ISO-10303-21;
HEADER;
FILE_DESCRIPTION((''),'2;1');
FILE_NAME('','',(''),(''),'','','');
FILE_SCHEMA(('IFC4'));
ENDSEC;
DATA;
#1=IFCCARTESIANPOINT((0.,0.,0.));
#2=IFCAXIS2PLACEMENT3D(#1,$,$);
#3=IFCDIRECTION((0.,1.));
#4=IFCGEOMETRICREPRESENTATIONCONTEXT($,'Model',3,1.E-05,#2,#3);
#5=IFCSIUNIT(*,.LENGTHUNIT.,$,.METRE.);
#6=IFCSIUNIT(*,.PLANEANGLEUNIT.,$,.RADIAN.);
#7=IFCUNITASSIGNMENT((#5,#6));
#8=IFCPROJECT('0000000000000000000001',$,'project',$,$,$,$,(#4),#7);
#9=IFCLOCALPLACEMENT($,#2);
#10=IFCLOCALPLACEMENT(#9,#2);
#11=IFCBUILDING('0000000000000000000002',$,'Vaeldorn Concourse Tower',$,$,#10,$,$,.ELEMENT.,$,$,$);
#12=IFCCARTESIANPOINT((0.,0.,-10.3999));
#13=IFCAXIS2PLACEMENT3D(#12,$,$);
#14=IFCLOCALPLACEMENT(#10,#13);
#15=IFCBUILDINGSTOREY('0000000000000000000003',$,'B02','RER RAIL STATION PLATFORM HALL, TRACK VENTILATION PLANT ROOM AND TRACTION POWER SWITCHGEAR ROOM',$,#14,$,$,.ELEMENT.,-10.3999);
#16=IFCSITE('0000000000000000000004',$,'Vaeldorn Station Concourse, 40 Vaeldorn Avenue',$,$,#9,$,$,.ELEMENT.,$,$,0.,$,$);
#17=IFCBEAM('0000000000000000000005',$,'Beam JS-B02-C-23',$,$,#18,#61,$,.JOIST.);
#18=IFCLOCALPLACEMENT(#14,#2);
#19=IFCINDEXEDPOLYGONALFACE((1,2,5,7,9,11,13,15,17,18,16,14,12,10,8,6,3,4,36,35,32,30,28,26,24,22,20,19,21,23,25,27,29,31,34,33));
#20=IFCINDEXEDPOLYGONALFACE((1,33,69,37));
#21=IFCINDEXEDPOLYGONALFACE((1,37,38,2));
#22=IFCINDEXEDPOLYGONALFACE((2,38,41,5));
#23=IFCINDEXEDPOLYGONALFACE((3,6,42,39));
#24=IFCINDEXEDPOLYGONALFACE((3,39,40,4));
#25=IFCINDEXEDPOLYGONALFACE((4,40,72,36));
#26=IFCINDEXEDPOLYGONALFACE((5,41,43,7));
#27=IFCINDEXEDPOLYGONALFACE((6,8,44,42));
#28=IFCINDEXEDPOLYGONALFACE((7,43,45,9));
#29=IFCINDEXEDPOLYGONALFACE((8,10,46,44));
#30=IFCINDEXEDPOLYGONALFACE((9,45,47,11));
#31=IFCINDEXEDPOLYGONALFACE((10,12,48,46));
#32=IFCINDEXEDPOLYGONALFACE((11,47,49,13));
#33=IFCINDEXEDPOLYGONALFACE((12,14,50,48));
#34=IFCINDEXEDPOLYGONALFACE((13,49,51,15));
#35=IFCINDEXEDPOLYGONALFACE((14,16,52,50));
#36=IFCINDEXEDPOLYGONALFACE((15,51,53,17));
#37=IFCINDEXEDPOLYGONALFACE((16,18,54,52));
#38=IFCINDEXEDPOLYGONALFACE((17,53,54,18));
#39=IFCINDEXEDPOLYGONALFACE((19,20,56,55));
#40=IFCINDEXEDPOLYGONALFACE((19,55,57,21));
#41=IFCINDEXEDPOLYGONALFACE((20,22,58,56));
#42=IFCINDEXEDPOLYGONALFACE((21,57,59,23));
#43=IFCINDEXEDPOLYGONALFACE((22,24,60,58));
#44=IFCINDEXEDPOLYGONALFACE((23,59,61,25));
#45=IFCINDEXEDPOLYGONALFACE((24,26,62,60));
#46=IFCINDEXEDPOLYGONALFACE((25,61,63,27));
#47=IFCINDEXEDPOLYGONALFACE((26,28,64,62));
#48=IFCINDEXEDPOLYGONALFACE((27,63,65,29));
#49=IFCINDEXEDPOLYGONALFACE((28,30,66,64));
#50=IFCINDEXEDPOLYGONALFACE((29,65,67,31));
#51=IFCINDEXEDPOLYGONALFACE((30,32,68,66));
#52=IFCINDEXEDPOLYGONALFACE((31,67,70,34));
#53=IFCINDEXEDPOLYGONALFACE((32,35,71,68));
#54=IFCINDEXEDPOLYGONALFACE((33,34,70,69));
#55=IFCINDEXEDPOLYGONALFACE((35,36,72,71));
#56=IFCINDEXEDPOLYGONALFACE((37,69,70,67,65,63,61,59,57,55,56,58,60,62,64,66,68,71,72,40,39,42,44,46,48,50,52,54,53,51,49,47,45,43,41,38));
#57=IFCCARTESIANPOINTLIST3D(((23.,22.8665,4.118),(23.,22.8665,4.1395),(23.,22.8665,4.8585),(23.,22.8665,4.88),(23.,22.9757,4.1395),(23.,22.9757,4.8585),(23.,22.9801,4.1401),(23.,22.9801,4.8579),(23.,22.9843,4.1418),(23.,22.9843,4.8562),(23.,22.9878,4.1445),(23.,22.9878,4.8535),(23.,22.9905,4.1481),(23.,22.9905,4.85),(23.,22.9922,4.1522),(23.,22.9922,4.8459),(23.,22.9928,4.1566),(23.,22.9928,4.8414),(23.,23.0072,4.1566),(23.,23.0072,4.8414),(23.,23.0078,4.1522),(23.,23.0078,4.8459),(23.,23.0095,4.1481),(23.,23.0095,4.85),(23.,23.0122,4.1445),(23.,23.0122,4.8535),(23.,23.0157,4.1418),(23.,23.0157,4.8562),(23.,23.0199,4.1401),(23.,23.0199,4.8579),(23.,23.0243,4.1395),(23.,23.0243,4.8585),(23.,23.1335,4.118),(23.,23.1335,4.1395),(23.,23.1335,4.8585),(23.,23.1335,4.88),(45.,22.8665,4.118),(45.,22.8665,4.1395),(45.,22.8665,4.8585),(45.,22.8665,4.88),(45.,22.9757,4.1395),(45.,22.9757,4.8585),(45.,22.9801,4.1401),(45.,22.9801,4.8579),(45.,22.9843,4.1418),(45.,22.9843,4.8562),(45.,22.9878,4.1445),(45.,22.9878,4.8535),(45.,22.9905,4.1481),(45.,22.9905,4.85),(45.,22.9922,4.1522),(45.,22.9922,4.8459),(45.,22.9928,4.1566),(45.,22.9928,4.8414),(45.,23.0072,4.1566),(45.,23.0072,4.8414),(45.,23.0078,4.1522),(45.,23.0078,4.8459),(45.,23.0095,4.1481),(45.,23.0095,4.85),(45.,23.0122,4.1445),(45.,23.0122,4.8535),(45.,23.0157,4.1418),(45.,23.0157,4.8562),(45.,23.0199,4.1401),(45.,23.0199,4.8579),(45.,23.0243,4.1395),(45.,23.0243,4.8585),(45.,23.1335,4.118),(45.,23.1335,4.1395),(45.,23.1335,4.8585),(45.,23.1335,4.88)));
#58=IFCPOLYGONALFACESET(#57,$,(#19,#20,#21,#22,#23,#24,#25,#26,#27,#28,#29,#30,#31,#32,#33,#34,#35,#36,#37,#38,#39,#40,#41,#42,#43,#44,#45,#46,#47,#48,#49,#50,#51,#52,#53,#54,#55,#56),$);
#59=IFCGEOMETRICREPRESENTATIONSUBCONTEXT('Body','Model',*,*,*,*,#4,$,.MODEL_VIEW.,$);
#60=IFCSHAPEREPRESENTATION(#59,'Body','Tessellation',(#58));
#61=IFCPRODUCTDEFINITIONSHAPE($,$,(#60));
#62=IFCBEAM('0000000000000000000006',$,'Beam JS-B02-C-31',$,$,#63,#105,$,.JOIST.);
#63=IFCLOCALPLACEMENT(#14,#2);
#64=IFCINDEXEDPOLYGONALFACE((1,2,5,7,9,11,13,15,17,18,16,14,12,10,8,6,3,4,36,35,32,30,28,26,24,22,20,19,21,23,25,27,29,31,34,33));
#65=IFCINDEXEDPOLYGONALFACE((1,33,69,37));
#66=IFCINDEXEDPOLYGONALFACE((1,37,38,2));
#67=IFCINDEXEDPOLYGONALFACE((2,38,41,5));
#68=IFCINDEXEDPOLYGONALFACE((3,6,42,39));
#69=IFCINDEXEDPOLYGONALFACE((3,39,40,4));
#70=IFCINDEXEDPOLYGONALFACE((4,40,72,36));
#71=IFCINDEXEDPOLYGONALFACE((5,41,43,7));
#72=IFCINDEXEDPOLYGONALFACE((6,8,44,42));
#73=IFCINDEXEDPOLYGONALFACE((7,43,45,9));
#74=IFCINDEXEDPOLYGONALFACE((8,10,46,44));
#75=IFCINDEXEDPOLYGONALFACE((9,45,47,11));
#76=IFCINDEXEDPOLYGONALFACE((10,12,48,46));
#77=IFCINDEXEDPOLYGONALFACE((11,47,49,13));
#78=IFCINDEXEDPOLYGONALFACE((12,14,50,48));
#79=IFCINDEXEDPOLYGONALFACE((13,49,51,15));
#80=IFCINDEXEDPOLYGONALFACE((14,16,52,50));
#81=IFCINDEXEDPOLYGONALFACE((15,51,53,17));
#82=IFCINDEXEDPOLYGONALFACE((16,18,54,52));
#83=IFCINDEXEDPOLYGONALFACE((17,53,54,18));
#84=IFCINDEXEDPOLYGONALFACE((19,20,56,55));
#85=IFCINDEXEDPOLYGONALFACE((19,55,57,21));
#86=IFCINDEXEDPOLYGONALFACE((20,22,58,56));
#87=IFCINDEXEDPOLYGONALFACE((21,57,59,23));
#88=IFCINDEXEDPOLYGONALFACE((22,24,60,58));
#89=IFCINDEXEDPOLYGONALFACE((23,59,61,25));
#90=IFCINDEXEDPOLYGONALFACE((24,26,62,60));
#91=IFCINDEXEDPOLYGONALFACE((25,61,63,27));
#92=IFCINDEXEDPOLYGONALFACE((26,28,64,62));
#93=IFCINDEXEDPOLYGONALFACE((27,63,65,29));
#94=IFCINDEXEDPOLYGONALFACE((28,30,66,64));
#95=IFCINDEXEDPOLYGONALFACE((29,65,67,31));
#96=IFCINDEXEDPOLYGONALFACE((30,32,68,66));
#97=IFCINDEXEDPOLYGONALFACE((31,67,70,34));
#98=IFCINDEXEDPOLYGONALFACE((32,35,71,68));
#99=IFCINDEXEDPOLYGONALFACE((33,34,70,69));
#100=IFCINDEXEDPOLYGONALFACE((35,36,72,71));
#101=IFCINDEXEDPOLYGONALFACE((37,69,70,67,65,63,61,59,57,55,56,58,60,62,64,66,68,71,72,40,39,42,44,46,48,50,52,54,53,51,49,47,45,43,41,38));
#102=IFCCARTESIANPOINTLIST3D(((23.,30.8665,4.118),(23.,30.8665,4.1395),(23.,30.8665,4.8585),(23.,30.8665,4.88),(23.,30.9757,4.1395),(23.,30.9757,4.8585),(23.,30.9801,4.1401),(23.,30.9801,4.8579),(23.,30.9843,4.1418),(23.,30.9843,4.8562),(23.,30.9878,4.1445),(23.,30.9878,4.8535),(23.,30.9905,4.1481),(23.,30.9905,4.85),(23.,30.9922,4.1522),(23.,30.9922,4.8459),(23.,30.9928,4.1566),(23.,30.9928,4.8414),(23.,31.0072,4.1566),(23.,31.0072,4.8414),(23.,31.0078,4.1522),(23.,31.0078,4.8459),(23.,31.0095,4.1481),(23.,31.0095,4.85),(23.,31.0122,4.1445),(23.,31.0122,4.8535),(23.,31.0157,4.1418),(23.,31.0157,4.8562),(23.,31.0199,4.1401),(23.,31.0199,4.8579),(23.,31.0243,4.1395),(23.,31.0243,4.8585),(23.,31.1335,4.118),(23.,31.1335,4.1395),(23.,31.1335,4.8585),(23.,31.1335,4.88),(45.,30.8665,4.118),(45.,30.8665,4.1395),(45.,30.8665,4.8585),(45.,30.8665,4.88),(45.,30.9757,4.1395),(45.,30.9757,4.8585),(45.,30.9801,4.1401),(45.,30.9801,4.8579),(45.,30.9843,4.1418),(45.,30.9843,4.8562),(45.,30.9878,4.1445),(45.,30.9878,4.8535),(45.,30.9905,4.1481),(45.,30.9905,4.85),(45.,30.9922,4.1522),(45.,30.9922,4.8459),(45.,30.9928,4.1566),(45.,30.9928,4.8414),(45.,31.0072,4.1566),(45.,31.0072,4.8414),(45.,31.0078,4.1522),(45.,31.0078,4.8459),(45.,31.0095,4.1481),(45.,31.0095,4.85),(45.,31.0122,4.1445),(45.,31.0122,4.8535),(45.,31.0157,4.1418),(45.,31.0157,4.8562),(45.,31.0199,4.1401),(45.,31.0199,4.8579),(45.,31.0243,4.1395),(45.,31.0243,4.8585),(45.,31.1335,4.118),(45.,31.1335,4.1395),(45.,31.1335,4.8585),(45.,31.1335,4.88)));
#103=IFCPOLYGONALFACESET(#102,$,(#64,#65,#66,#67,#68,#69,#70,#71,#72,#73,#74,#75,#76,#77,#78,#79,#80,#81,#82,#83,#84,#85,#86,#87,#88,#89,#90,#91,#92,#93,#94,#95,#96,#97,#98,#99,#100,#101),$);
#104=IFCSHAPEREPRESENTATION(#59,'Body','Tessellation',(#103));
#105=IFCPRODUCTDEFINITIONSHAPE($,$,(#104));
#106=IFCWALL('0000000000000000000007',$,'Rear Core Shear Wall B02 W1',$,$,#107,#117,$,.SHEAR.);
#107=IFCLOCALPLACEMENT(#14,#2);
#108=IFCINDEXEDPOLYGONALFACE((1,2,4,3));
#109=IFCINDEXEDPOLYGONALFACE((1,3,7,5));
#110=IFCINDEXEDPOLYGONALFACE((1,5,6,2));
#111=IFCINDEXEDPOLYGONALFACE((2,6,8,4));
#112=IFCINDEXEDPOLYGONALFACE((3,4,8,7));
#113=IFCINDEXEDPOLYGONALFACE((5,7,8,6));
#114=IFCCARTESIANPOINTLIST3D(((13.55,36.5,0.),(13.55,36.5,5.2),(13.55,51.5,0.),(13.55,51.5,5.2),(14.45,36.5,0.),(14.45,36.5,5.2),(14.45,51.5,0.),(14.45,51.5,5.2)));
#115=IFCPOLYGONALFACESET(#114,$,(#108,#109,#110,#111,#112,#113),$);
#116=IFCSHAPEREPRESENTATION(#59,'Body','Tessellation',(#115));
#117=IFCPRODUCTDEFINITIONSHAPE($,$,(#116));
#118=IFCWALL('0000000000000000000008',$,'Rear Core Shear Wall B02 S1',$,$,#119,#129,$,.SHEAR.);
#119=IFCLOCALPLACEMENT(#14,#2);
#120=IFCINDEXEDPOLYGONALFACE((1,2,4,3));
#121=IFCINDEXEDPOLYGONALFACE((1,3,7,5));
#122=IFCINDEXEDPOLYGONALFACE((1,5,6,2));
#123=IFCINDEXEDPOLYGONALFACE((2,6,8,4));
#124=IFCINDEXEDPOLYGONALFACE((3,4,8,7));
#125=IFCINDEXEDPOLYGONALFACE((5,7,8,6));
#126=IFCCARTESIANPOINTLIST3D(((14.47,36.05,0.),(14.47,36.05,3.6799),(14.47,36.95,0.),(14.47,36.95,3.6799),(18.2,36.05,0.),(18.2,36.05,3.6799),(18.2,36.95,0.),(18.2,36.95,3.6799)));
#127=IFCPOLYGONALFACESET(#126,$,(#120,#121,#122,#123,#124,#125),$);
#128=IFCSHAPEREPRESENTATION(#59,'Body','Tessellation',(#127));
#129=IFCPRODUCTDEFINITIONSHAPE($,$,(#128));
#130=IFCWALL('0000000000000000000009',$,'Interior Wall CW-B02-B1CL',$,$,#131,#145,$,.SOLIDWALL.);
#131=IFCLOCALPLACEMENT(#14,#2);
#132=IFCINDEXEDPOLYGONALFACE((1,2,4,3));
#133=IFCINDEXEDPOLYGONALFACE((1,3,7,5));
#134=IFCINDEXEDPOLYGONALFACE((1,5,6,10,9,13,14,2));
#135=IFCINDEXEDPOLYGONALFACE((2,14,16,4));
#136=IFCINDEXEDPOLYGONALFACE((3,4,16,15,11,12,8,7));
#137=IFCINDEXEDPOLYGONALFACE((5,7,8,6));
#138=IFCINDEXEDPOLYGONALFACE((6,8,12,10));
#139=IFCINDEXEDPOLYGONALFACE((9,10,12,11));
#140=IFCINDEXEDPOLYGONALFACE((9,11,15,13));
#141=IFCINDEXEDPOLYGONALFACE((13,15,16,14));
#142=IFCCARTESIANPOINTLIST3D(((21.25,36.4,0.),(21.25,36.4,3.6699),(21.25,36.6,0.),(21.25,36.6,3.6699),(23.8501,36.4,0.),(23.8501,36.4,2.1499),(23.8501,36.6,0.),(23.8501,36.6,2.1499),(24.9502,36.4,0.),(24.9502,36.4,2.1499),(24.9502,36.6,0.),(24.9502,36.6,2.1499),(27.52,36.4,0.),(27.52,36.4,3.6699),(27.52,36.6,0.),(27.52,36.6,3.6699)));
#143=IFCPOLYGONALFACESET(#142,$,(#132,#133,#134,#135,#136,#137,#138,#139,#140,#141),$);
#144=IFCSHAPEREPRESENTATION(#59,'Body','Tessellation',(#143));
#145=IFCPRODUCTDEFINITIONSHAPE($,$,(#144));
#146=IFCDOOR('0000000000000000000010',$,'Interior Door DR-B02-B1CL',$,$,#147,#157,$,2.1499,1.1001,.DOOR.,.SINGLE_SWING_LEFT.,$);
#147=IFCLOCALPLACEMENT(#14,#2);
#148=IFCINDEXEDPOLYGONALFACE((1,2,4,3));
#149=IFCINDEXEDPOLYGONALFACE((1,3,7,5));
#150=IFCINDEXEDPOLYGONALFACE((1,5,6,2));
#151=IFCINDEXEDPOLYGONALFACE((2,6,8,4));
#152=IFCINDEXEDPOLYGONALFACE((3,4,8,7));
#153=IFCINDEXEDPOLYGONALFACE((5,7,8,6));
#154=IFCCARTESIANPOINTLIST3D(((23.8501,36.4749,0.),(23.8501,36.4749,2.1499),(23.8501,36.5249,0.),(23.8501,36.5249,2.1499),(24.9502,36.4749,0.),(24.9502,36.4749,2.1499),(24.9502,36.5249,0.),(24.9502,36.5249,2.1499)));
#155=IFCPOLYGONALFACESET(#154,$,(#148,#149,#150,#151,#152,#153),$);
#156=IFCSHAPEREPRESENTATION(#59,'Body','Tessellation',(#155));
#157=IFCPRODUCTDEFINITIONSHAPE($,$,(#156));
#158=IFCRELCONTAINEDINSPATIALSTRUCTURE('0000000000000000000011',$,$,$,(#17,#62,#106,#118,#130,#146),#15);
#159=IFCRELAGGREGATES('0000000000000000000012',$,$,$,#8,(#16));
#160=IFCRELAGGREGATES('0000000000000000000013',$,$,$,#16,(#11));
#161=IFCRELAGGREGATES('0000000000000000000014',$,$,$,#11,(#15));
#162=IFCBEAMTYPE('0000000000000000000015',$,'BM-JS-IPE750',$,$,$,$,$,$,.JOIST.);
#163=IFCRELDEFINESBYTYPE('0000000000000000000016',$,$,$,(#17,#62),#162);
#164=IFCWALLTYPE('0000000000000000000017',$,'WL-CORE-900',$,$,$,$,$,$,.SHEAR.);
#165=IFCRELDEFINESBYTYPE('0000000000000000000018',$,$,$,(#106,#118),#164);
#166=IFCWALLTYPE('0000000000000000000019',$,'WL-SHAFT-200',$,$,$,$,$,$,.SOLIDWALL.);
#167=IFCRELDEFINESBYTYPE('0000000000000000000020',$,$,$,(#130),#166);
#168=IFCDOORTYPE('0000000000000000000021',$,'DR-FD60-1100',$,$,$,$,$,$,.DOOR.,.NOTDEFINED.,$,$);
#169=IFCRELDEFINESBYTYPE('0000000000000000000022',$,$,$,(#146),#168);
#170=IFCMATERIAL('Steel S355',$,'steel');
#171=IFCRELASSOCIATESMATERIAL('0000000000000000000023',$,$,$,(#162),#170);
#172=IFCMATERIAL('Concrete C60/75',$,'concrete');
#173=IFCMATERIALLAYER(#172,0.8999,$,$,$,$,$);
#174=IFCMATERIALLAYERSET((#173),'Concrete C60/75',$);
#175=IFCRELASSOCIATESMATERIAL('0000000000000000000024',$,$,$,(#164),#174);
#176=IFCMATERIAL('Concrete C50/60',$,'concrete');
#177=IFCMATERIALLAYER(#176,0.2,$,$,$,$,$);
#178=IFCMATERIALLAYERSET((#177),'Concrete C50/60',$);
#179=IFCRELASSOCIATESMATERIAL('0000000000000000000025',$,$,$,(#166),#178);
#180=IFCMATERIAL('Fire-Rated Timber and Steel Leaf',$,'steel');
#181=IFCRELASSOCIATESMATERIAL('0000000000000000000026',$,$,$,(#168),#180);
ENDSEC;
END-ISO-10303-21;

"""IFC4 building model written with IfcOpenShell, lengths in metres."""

from ifc_helpers import new_model, si_unit, direction, frame, frame_2d, origin, origin_2d, place, context, subcontext, project, spatial, rectangle, i_section, extrude, source, transform, mapped, material, layer, layer_set, material_profile, profile_set, type_object, element, fill, save


model = new_model("IFC4")

# Units and contexts
model_context = context("Model", 3, precision=1e-05, world=origin(), true_north=direction((0.0, 1.0)))
body_context = subcontext(model_context, "Body", "Model", "MODEL_VIEW")
ifc_project = project(units=[si_unit("LENGTHUNIT", "METRE"), si_unit("PLANEANGLEUNIT", "RADIAN")], contexts=[model_context])

# Site, building, storey
site_placement = place(None, origin())
site = spatial("IfcSite", under=ifc_project, at=site_placement, Name="Vaeldorn Station Concourse, 40 Vaeldorn Avenue", CompositionType="ELEMENT", RefElevation=0.0)
building_placement = place(site_placement, origin())
building = spatial("IfcBuilding", under=site, at=building_placement, Name="Vaeldorn Concourse Tower", CompositionType="ELEMENT")
storey_placement = place(building_placement, frame((0.0, 0.0, -10.3999)))
storey = spatial("IfcBuildingStorey", under=building, at=storey_placement, Name="B02", Description="RER RAIL STATION PLATFORM HALL, TRACK VENTILATION PLANT ROOM AND TRACTION POWER SWITCHGEAR ROOM", CompositionType="ELEMENT", Elevation=-10.3999)

# Shared definitions
ifc_material_1 = material(Name="Concrete C60/75", Category="concrete")
ifc_material_2 = material(Name="Concrete C50/60", Category="concrete")

# Beams
ifc_material_3 = material(Name="Steel S355", Category="steel")
ifc_material_profile_1 = material_profile(ifc_material_3, i_section(OverallWidth=0.2671, OverallDepth=0.762, WebThickness=0.0144, FlangeThickness=0.0215, FilletRadius=0.0171, at=origin_2d()), Name="IPE 750x173")
ifc_profile_set_1 = profile_set([ifc_material_profile_1], Name="Steel S355")
beam_type_1 = type_object("IfcBeamType", Name="BM-JS-IPE750", PredefinedType="JOIST", material=ifc_profile_set_1)
shared_shape_1 = source(origin(), body_context, "Body", "SweptSolid", [
    extrude(i_section(OverallWidth=0.2671, OverallDepth=0.762, WebThickness=0.0144, FlangeThickness=0.0215, FilletRadius=0.0171, at=origin_2d()), origin(), (0.0, 0.0, 1.0), 22.0),
])
for number, where, z_axis, x_axis, name in (
    (1, (23.0, 23.0, 4.499), (1.0, 0.0, 0.0), (0.0, 1.0, 0.0), "Beam JS-B02-C-23"),
    (2, (23.0, 31.0, 4.499), (1.0, 0.0, 0.0), (0.0, 1.0, 0.0), "Beam JS-B02-C-31"),
):
    element("IfcBeam", number, at=place(storey_placement, frame(where, z_axis=z_axis, x_axis=x_axis)), inside=storey, type_object=beam_type_1, Name=name, PredefinedType="JOIST", context=body_context, shape_type="MappedRepresentation", body=[
        mapped(shared_shape_1, transform((0.0, 0.0, 0.0), scale=1.0)),
    ])

# Walls
ifc_layer_1 = layer(ifc_material_1, 0.8999)
ifc_layer_set_1 = layer_set([ifc_layer_1], Name="Concrete C60/75")
wall_type_1 = type_object("IfcWallType", Name="WL-CORE-900", PredefinedType="SHEAR", material=ifc_layer_set_1)
wall_1_placement = place(storey_placement, frame((14.0, 36.5, 0.0), z_axis=(0.0, 0.0, 1.0), x_axis=(0.0, 1.0, 0.0)))
element("IfcWall", 3, at=wall_1_placement, inside=storey, type_object=wall_type_1, Name="Rear Core Shear Wall B02 W1", PredefinedType="SHEAR", context=body_context, shape_type="SweptSolid", body=[
    extrude(rectangle(XDim=15.0, YDim=0.8999, at=frame_2d((7.5, 0.0))), origin(), (0.0, 0.0, 1.0), 5.2),
])
wall_2_placement = place(storey_placement, frame((14.47, 36.5, 0.0), z_axis=(0.0, 0.0, 1.0), x_axis=(1.0, 0.0, 0.0)))
element("IfcWall", 4, at=wall_2_placement, inside=storey, type_object=wall_type_1, Name="Rear Core Shear Wall B02 S1", PredefinedType="SHEAR", context=body_context, shape_type="SweptSolid", body=[
    extrude(rectangle(XDim=3.73, YDim=0.8999, at=frame_2d((1.865, 0.0))), origin(), (0.0, 0.0, 1.0), 3.6799),
])

# Wall, opening, door
ifc_layer_2 = layer(ifc_material_2, 0.2)
ifc_layer_set_2 = layer_set([ifc_layer_2], Name="Concrete C50/60")
wall_type_2 = type_object("IfcWallType", Name="WL-SHAFT-200", PredefinedType="SOLIDWALL", material=ifc_layer_set_2)
ifc_material_4 = material(Name="Fire-Rated Timber and Steel Leaf", Category="steel")
door_type = type_object("IfcDoorType", Name="DR-FD60-1100", OperationType="NOTDEFINED", PredefinedType="DOOR", material=ifc_material_4)
shared_shape_2 = source(origin(), body_context, "Body", "SweptSolid", [
    extrude(rectangle(XDim=1.1001, YDim=2.1499, at=frame_2d((0.55, 1.075))), frame((0.0, 0.0249, 0.0), z_axis=(0.0, -1.0, 0.0), x_axis=(1.0, 0.0, 0.0)), (0.0, 0.0, 1.0), 0.05),
])
wall_3_placement = place(storey_placement, frame((21.25, 36.5, 0.0), z_axis=(0.0, 0.0, 1.0), x_axis=(1.0, 0.0, 0.0)))
wall_3 = element("IfcWall", 5, at=wall_3_placement, inside=storey, type_object=wall_type_2, Name="Interior Wall CW-B02-B1CL", PredefinedType="SOLIDWALL", context=body_context, shape_type="SweptSolid", body=[
    extrude(rectangle(XDim=6.27, YDim=0.2, at=frame_2d((3.135, 0.0))), origin(), (0.0, 0.0, 1.0), 3.6699),
])
opening_1_placement = place(wall_3_placement, frame((2.6001, 0.0, 0.0)))
opening_1 = element("IfcOpeningElement", 6, at=opening_1_placement, cuts=wall_3, PredefinedType="OPENING", context=body_context, shape_type="SweptSolid", body=[
    extrude(rectangle(XDim=1.1001, YDim=2.1499, at=frame_2d((0.55, 1.075))), frame((0.0, 0.1099, 0.0), z_axis=(0.0, -1.0, 0.0), x_axis=(1.0, 0.0, 0.0)), (0.0, 0.0, 1.0), 0.22),
])
door_1_placement = place(opening_1_placement, origin())
door_1 = element("IfcDoor", 7, at=door_1_placement, inside=storey, type_object=door_type, Name="Interior Door DR-B02-B1CL", OperationType="SINGLE_SWING_LEFT", OverallHeight=2.1499, OverallWidth=1.1001, PredefinedType="DOOR", context=body_context, shape_type="MappedRepresentation", body=[
    mapped(shared_shape_2, transform((0.0, 0.0, 0.0), scale=1.0)),
])
fill(opening_1, door_1)

save(model, "model.ifc")
